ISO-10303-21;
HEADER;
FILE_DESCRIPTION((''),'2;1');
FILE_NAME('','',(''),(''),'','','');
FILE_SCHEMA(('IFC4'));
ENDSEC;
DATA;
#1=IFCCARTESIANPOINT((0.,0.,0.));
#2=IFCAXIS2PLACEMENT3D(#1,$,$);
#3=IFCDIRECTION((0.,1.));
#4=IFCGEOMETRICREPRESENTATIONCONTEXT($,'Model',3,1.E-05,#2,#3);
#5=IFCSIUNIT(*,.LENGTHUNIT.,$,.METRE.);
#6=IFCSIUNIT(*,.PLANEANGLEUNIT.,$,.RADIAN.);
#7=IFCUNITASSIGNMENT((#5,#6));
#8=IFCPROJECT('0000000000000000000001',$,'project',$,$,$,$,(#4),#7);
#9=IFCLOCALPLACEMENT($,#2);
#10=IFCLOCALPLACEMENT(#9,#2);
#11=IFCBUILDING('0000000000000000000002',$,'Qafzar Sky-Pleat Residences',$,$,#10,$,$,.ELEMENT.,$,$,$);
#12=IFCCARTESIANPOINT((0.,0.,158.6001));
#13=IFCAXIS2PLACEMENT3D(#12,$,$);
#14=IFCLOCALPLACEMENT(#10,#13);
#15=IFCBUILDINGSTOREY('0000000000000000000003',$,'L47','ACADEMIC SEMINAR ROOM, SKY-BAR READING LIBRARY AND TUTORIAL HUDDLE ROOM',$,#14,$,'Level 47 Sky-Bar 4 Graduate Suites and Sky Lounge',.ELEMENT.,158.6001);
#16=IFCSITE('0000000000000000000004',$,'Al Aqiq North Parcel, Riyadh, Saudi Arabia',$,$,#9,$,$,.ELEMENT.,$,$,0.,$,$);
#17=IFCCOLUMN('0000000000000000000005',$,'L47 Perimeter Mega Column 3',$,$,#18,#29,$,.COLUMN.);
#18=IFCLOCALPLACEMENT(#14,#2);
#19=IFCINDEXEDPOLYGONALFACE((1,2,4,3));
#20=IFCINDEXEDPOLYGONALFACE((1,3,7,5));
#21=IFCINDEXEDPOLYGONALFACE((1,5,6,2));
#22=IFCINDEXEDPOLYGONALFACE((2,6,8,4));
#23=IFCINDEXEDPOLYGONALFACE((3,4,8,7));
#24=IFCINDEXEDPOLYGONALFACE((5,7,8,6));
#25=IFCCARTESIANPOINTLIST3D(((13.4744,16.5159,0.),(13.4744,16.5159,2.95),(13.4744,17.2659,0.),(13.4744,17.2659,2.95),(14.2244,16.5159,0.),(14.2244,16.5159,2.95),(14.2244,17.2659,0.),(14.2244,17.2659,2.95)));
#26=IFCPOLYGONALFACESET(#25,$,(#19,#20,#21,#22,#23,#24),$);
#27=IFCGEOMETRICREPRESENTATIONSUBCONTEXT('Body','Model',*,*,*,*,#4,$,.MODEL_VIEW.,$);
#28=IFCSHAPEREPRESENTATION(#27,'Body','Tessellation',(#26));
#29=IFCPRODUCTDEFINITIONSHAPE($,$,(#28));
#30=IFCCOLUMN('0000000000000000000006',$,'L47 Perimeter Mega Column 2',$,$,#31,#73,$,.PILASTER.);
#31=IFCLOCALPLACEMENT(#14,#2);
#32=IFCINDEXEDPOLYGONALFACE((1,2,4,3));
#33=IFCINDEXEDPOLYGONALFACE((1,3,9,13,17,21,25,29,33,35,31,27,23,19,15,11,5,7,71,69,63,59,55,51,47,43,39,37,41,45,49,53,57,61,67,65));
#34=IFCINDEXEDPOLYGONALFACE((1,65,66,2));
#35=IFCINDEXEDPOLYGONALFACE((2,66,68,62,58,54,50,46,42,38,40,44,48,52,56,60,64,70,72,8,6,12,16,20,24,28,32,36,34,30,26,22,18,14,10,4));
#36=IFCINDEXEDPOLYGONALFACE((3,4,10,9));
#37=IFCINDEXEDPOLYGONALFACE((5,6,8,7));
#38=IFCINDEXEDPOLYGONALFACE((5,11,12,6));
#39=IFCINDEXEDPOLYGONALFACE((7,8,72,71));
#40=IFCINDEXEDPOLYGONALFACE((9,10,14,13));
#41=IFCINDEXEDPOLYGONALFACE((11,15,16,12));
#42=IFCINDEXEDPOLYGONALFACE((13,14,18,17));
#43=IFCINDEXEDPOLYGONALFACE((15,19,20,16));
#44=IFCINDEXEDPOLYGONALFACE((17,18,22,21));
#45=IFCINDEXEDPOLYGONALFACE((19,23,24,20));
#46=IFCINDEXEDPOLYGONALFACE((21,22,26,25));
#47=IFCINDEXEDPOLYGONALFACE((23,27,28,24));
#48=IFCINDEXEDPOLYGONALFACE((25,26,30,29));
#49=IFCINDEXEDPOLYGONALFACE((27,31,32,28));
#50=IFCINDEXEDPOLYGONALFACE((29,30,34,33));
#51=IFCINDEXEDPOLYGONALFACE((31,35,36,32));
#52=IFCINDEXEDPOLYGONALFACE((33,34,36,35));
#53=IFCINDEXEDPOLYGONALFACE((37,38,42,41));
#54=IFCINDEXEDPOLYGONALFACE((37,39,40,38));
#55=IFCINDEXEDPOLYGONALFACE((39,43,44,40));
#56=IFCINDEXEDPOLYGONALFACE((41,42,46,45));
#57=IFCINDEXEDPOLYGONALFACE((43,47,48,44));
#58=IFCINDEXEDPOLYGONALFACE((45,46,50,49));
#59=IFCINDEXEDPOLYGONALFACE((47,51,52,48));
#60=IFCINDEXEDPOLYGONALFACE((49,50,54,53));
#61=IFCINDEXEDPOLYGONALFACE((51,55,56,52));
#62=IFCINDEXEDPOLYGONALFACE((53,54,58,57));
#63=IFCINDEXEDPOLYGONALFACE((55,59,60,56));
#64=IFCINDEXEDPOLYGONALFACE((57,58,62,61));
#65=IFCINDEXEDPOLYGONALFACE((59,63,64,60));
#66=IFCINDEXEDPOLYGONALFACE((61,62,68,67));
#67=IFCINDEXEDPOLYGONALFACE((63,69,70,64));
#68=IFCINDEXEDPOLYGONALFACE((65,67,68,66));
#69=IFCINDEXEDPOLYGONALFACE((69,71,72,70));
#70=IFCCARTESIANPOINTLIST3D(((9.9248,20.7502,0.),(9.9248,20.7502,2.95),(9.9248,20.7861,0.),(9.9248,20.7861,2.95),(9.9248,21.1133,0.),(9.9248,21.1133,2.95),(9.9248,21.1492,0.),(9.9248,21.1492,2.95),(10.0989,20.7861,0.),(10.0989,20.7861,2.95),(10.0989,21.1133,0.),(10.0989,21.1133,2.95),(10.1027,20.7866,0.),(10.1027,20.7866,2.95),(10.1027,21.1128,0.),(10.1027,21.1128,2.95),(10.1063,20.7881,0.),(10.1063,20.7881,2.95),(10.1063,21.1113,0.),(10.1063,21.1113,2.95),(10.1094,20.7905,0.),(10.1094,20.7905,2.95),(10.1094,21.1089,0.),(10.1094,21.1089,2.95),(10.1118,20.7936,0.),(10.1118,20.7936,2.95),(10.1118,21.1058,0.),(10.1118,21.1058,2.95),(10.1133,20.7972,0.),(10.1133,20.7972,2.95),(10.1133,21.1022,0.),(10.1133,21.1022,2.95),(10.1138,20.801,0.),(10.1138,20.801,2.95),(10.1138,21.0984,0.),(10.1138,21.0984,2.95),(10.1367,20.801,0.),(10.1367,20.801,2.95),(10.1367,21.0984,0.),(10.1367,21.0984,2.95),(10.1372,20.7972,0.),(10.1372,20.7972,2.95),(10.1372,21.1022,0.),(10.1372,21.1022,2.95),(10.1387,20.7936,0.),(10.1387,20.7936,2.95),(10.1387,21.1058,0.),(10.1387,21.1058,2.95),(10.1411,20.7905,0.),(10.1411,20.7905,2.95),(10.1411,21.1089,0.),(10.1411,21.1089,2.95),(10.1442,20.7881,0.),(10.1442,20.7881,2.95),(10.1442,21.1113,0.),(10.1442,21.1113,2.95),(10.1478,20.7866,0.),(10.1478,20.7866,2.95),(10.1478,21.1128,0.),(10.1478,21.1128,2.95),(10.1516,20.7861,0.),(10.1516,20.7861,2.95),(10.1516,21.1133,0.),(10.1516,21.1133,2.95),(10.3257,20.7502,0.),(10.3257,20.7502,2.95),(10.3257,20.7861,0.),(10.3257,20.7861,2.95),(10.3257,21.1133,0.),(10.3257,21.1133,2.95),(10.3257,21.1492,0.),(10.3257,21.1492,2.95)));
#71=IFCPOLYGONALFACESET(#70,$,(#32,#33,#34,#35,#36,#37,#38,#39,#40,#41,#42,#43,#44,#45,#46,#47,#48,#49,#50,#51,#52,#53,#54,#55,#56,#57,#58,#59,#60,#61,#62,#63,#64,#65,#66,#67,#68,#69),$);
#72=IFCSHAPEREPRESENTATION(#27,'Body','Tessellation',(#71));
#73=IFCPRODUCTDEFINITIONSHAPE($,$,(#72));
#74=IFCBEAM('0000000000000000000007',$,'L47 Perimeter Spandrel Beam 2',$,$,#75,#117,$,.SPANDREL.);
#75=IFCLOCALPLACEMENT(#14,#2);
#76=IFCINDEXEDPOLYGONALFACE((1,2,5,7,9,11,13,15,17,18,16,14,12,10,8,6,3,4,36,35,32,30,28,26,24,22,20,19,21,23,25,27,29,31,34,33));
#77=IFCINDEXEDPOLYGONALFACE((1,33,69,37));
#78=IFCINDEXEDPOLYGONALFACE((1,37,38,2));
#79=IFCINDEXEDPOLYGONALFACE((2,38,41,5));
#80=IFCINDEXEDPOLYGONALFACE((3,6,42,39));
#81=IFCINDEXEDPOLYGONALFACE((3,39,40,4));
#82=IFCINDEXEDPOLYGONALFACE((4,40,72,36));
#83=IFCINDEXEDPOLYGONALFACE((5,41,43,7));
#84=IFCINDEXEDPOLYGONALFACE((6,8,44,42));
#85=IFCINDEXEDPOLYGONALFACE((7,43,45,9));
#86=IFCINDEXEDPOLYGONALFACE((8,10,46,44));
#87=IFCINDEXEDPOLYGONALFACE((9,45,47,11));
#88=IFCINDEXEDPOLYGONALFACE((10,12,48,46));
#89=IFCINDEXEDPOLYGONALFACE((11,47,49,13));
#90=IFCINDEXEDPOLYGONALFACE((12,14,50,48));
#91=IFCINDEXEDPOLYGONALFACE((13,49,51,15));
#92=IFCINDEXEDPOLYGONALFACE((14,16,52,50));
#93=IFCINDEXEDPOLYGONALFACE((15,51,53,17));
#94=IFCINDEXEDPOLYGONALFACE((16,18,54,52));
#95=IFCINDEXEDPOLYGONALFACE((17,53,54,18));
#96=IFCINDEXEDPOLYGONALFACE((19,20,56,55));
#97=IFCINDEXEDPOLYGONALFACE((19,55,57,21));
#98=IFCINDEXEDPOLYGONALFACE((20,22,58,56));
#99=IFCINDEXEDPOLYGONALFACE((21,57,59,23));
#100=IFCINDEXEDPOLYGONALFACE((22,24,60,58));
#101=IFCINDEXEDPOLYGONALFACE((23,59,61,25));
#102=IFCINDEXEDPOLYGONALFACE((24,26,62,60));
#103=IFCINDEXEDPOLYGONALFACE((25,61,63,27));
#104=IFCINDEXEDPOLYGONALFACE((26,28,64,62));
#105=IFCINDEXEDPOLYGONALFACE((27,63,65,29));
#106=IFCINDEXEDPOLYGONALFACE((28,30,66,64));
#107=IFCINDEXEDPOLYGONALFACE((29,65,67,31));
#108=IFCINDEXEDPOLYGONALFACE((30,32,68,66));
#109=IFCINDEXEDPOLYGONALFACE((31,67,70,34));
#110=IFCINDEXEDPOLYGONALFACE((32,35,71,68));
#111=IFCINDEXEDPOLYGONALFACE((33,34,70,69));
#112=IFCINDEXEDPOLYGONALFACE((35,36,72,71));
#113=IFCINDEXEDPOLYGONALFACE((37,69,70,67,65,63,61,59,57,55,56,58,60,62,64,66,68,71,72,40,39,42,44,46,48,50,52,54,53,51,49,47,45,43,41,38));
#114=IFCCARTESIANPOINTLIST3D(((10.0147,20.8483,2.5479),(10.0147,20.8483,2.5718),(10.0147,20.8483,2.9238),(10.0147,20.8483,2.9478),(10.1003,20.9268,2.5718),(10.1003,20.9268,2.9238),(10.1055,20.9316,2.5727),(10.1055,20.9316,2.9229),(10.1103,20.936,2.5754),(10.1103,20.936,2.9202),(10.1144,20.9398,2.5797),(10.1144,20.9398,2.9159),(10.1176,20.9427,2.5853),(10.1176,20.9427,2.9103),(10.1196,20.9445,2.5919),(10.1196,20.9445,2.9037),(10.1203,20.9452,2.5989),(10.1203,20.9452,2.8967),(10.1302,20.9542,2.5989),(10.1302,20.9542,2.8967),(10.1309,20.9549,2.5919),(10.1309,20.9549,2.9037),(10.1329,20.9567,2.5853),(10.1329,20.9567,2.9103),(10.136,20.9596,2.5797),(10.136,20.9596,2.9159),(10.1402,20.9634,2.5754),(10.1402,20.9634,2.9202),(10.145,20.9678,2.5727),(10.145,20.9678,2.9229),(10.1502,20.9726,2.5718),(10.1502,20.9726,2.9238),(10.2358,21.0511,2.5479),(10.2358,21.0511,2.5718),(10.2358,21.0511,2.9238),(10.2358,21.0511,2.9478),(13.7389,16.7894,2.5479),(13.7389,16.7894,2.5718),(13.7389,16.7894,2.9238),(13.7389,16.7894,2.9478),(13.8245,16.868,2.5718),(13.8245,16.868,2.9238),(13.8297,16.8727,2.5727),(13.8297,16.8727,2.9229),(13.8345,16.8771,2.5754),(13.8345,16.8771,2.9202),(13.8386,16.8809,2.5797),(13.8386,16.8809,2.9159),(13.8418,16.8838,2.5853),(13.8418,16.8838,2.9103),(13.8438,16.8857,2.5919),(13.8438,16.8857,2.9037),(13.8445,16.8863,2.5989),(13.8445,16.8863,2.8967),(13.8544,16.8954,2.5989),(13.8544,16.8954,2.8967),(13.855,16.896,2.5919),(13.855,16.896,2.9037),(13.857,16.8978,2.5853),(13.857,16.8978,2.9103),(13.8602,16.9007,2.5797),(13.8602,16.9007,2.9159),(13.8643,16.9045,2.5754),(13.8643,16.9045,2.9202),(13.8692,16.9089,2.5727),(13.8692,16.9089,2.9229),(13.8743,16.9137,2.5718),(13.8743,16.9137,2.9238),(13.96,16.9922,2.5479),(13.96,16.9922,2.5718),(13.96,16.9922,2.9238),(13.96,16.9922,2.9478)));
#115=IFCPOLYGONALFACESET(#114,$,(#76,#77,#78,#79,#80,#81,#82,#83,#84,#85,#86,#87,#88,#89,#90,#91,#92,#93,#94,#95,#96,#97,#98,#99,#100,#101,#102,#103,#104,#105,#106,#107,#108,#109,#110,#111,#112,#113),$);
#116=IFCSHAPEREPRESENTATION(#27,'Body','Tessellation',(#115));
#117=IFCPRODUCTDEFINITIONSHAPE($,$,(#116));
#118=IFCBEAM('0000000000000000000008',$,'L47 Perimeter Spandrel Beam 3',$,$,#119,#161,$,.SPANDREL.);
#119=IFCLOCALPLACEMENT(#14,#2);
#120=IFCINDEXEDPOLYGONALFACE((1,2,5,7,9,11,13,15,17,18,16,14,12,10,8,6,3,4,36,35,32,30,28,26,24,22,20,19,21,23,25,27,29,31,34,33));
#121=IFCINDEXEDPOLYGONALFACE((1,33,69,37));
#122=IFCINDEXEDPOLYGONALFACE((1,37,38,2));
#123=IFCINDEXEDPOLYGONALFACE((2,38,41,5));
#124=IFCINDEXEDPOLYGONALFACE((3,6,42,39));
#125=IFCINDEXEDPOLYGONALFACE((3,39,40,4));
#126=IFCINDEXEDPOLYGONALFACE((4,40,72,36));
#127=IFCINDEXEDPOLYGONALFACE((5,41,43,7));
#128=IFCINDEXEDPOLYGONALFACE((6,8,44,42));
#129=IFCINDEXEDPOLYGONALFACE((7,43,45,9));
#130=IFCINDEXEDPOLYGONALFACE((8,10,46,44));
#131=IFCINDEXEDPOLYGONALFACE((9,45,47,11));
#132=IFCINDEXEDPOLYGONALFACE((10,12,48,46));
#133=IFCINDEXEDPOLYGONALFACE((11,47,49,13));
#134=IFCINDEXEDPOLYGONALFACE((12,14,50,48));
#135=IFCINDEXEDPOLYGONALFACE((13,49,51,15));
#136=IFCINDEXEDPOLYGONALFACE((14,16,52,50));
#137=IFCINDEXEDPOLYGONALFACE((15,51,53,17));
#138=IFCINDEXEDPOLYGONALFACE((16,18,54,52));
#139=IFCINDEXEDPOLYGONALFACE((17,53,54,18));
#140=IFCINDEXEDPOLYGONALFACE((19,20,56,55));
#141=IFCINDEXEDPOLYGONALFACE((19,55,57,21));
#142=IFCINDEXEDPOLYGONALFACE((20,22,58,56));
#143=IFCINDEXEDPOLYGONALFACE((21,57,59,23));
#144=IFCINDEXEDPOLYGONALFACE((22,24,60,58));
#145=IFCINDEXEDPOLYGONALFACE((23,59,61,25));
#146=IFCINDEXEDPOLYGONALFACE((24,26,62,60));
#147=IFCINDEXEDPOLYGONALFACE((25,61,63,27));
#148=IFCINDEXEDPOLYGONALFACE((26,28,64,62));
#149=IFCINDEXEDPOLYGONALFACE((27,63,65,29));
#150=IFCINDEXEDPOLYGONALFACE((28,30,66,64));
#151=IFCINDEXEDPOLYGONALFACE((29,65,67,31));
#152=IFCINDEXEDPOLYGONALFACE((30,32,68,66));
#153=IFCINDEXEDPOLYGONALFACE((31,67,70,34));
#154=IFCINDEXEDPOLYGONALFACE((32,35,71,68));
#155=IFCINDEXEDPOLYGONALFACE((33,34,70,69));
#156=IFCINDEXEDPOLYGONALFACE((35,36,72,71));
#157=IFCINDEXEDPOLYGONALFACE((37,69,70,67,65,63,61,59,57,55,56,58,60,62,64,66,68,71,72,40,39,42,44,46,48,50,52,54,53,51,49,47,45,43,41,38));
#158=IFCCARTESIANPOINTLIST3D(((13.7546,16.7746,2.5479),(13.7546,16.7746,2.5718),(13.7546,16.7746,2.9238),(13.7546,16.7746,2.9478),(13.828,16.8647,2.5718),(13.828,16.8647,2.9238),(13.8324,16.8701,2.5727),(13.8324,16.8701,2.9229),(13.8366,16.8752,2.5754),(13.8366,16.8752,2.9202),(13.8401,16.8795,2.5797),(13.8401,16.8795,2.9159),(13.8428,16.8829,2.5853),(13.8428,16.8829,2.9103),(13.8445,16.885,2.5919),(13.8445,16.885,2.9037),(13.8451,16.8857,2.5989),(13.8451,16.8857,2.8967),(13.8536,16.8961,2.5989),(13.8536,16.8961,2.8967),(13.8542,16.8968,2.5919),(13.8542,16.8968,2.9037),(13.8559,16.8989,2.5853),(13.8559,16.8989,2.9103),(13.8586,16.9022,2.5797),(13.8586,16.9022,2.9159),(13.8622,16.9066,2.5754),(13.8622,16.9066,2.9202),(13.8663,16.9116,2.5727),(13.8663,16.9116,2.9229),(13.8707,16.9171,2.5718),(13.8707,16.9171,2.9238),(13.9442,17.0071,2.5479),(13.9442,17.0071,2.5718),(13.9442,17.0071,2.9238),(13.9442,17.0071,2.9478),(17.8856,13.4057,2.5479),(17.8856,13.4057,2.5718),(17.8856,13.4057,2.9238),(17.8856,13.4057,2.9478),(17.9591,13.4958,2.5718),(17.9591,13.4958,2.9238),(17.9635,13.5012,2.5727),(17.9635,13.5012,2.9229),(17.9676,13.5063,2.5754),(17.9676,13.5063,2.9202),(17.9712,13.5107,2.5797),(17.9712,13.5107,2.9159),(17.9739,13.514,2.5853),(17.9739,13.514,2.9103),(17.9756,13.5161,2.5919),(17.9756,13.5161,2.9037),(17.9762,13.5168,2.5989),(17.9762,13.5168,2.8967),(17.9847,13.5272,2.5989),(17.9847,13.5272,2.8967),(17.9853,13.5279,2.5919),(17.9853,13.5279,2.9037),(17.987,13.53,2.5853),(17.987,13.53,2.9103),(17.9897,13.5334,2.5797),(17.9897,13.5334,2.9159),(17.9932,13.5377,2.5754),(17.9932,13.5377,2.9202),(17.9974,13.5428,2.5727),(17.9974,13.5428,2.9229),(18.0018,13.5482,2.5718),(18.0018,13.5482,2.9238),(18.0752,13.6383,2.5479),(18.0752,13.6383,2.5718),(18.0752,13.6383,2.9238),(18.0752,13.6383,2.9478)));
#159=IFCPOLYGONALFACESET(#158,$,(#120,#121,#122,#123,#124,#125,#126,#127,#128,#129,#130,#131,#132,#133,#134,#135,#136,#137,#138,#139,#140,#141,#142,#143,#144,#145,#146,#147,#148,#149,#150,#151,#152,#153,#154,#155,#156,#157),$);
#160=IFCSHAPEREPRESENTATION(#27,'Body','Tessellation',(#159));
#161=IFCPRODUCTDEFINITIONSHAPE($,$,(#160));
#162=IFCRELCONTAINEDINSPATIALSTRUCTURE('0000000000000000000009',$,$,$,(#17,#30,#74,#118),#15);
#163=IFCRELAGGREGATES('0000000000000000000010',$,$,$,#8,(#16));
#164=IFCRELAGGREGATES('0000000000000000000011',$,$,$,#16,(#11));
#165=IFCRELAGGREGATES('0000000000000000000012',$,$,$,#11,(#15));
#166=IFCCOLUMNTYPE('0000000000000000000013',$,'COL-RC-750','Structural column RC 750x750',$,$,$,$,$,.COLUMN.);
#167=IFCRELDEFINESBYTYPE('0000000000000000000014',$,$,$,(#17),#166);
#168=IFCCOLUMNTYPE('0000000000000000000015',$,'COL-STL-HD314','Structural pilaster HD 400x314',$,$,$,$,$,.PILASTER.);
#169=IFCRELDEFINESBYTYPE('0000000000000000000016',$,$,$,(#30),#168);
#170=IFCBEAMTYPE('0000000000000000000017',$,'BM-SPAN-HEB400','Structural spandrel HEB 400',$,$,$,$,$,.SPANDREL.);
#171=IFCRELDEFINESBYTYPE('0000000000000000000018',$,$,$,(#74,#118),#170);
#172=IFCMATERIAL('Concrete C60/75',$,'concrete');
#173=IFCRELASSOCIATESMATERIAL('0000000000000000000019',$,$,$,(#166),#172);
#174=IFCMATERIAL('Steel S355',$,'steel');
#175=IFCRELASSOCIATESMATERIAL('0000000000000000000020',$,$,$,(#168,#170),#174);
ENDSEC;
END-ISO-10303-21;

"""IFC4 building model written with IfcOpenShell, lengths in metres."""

from ifc_helpers import new_model, si_unit, direction, frame, origin, origin_2d, place, context, subcontext, project, spatial, rectangle, i_section, extrude, source, transform, mapped, material, material_profile, profile_set, type_object, element, save


model = new_model("IFC4")

# Units and contexts
model_context = context("Model", 3, precision=1e-05, world=origin(), true_north=direction((0.0, 1.0)))
body_context = subcontext(model_context, "Body", "Model", "MODEL_VIEW")
ifc_project = project(units=[si_unit("LENGTHUNIT", "METRE"), si_unit("PLANEANGLEUNIT", "RADIAN")], contexts=[model_context])

# Site, building, storey
site_placement = place(None, origin())
site = spatial("IfcSite", under=ifc_project, at=site_placement, Name="Al Aqiq North Parcel, Riyadh, Saudi Arabia", CompositionType="ELEMENT", RefElevation=0.0)
building_placement = place(site_placement, origin())
building = spatial("IfcBuilding", under=site, at=building_placement, Name="Qafzar Sky-Pleat Residences", CompositionType="ELEMENT")
storey_placement = place(building_placement, frame((0.0, 0.0, 158.6001)))
storey = spatial("IfcBuildingStorey", under=building, at=storey_placement, Name="L47", Description="ACADEMIC SEMINAR ROOM, SKY-BAR READING LIBRARY AND TUTORIAL HUDDLE ROOM", LongName="Level 47 Sky-Bar 4 Graduate Suites and Sky Lounge", CompositionType="ELEMENT", Elevation=158.6001)

# Columns
ifc_material_1 = material(Name="Concrete C60/75", Category="concrete")
ifc_material_profile_1 = material_profile(ifc_material_1, rectangle(XDim=0.75, YDim=0.75, at=origin_2d()), Name="RC 750x750")
ifc_profile_set_1 = profile_set([ifc_material_profile_1], Name="Concrete C60/75")
column_type_1 = type_object("IfcColumnType", Name="COL-RC-750", Description="Structural column RC 750x750", PredefinedType="COLUMN", material=ifc_profile_set_1)
shared_shape_1 = source(origin(), body_context, "Body", "SweptSolid", [
    extrude(rectangle(XDim=0.75, YDim=0.75, at=origin_2d()), origin(), (0.0, 0.0, 1.0), 2.95),
])
column_1_placement = place(storey_placement, frame((13.8494, 16.8909, 0.0), z_axis=(0.0, 0.0, 1.0), x_axis=(1.0, 0.0, 0.0)))
element("IfcColumn", 1, at=column_1_placement, inside=storey, type_object=column_type_1, Name="L47 Perimeter Mega Column 3", PredefinedType="COLUMN", context=body_context, shape_type="MappedRepresentation", body=[
    mapped(shared_shape_1, transform((0.0, 0.0, 0.0), x_axis=(1.0, 0.0, 0.0), y_axis=(0.0, 1.0, 0.0), z_axis=(0.0, 0.0, 1.0), scale=1.0)),
])
ifc_material_2 = material(Name="Steel S355", Category="steel")
ifc_material_profile_2 = material_profile(ifc_material_2, i_section(OverallWidth=0.4009, OverallDepth=0.3989, WebThickness=0.0229, FlangeThickness=0.0359, FilletRadius=0.0149, at=origin_2d()), Name="HD 400x314")
ifc_profile_set_2 = profile_set([ifc_material_profile_2], Name="Steel S355")
column_type_2 = type_object("IfcColumnType", Name="COL-STL-HD314", Description="Structural pilaster HD 400x314", PredefinedType="PILASTER", material=ifc_profile_set_2)
shared_shape_2 = source(origin(), body_context, "Body", "SweptSolid", [
    extrude(i_section(OverallWidth=0.4009, OverallDepth=0.3989, WebThickness=0.0229, FlangeThickness=0.0359, FilletRadius=0.0149, at=origin_2d()), origin(), (0.0, 0.0, 1.0), 2.95),
])
column_2_placement = place(storey_placement, frame((10.1252, 20.9497, 0.0), z_axis=(0.0, 0.0, 1.0), x_axis=(1.0, 0.0, 0.0)))
element("IfcColumn", 2, at=column_2_placement, inside=storey, type_object=column_type_2, Name="L47 Perimeter Mega Column 2", PredefinedType="PILASTER", context=body_context, shape_type="MappedRepresentation", body=[
    mapped(shared_shape_2, transform((0.0, 0.0, 0.0), x_axis=(1.0, 0.0, 0.0), y_axis=(0.0, 1.0, 0.0), z_axis=(0.0, 0.0, 1.0), scale=1.0)),
])

# Beams
ifc_material_profile_3 = material_profile(ifc_material_2, i_section(OverallWidth=0.3, OverallDepth=0.3999, WebThickness=0.0134, FlangeThickness=0.0239, FilletRadius=0.0271, at=origin_2d()), Name="HEB 400")
ifc_profile_set_3 = profile_set([ifc_material_profile_3], Name="Steel S355")
beam_type_1 = type_object("IfcBeamType", Name="BM-SPAN-HEB400", Description="Structural spandrel HEB 400", PredefinedType="SPANDREL", material=ifc_profile_set_3)
shared_shape_3 = source(origin(), body_context, "Body", "SweptSolid", [
    extrude(i_section(OverallWidth=0.3, OverallDepth=0.3999, WebThickness=0.0134, FlangeThickness=0.0239, FilletRadius=0.0271, at=origin_2d()), origin(), (0.0, 0.0, 1.0), 5.5085),
])
beam_1_placement = place(storey_placement, frame((10.1252, 20.9497, 2.7478), z_axis=(0.676072, -0.736836, 0.0), x_axis=(0.736836, 0.676072, 0.0)))
element("IfcBeam", 3, at=beam_1_placement, inside=storey, type_object=beam_type_1, Name="L47 Perimeter Spandrel Beam 2", PredefinedType="SPANDREL", context=body_context, shape_type="MappedRepresentation", body=[
    mapped(shared_shape_3, transform((0.0, 0.0, 0.0), x_axis=(1.0, 0.0, 0.0), y_axis=(0.0, 1.0, 0.0), z_axis=(0.0, 0.0, 1.0), scale=1.0)),
])
shared_shape_4 = source(origin(), body_context, "Body", "SweptSolid", [
    extrude(i_section(OverallWidth=0.3, OverallDepth=0.3999, WebThickness=0.0134, FlangeThickness=0.0239, FilletRadius=0.0271, at=origin_2d()), origin(), (0.0, 0.0, 1.0), 5.3306),
])
beam_2_placement = place(storey_placement, frame((13.8494, 16.8909, 2.7478), z_axis=(0.774977, -0.63199, 0.0), x_axis=(0.63199, 0.774977, 0.0)))
element("IfcBeam", 4, at=beam_2_placement, inside=storey, type_object=beam_type_1, Name="L47 Perimeter Spandrel Beam 3", PredefinedType="SPANDREL", context=body_context, shape_type="MappedRepresentation", body=[
    mapped(shared_shape_4, transform((0.0, 0.0, 0.0), x_axis=(1.0, 0.0, 0.0), y_axis=(0.0, 1.0, 0.0), z_axis=(0.0, 0.0, 1.0), scale=1.0)),
])

save(model, "model.ifc")
